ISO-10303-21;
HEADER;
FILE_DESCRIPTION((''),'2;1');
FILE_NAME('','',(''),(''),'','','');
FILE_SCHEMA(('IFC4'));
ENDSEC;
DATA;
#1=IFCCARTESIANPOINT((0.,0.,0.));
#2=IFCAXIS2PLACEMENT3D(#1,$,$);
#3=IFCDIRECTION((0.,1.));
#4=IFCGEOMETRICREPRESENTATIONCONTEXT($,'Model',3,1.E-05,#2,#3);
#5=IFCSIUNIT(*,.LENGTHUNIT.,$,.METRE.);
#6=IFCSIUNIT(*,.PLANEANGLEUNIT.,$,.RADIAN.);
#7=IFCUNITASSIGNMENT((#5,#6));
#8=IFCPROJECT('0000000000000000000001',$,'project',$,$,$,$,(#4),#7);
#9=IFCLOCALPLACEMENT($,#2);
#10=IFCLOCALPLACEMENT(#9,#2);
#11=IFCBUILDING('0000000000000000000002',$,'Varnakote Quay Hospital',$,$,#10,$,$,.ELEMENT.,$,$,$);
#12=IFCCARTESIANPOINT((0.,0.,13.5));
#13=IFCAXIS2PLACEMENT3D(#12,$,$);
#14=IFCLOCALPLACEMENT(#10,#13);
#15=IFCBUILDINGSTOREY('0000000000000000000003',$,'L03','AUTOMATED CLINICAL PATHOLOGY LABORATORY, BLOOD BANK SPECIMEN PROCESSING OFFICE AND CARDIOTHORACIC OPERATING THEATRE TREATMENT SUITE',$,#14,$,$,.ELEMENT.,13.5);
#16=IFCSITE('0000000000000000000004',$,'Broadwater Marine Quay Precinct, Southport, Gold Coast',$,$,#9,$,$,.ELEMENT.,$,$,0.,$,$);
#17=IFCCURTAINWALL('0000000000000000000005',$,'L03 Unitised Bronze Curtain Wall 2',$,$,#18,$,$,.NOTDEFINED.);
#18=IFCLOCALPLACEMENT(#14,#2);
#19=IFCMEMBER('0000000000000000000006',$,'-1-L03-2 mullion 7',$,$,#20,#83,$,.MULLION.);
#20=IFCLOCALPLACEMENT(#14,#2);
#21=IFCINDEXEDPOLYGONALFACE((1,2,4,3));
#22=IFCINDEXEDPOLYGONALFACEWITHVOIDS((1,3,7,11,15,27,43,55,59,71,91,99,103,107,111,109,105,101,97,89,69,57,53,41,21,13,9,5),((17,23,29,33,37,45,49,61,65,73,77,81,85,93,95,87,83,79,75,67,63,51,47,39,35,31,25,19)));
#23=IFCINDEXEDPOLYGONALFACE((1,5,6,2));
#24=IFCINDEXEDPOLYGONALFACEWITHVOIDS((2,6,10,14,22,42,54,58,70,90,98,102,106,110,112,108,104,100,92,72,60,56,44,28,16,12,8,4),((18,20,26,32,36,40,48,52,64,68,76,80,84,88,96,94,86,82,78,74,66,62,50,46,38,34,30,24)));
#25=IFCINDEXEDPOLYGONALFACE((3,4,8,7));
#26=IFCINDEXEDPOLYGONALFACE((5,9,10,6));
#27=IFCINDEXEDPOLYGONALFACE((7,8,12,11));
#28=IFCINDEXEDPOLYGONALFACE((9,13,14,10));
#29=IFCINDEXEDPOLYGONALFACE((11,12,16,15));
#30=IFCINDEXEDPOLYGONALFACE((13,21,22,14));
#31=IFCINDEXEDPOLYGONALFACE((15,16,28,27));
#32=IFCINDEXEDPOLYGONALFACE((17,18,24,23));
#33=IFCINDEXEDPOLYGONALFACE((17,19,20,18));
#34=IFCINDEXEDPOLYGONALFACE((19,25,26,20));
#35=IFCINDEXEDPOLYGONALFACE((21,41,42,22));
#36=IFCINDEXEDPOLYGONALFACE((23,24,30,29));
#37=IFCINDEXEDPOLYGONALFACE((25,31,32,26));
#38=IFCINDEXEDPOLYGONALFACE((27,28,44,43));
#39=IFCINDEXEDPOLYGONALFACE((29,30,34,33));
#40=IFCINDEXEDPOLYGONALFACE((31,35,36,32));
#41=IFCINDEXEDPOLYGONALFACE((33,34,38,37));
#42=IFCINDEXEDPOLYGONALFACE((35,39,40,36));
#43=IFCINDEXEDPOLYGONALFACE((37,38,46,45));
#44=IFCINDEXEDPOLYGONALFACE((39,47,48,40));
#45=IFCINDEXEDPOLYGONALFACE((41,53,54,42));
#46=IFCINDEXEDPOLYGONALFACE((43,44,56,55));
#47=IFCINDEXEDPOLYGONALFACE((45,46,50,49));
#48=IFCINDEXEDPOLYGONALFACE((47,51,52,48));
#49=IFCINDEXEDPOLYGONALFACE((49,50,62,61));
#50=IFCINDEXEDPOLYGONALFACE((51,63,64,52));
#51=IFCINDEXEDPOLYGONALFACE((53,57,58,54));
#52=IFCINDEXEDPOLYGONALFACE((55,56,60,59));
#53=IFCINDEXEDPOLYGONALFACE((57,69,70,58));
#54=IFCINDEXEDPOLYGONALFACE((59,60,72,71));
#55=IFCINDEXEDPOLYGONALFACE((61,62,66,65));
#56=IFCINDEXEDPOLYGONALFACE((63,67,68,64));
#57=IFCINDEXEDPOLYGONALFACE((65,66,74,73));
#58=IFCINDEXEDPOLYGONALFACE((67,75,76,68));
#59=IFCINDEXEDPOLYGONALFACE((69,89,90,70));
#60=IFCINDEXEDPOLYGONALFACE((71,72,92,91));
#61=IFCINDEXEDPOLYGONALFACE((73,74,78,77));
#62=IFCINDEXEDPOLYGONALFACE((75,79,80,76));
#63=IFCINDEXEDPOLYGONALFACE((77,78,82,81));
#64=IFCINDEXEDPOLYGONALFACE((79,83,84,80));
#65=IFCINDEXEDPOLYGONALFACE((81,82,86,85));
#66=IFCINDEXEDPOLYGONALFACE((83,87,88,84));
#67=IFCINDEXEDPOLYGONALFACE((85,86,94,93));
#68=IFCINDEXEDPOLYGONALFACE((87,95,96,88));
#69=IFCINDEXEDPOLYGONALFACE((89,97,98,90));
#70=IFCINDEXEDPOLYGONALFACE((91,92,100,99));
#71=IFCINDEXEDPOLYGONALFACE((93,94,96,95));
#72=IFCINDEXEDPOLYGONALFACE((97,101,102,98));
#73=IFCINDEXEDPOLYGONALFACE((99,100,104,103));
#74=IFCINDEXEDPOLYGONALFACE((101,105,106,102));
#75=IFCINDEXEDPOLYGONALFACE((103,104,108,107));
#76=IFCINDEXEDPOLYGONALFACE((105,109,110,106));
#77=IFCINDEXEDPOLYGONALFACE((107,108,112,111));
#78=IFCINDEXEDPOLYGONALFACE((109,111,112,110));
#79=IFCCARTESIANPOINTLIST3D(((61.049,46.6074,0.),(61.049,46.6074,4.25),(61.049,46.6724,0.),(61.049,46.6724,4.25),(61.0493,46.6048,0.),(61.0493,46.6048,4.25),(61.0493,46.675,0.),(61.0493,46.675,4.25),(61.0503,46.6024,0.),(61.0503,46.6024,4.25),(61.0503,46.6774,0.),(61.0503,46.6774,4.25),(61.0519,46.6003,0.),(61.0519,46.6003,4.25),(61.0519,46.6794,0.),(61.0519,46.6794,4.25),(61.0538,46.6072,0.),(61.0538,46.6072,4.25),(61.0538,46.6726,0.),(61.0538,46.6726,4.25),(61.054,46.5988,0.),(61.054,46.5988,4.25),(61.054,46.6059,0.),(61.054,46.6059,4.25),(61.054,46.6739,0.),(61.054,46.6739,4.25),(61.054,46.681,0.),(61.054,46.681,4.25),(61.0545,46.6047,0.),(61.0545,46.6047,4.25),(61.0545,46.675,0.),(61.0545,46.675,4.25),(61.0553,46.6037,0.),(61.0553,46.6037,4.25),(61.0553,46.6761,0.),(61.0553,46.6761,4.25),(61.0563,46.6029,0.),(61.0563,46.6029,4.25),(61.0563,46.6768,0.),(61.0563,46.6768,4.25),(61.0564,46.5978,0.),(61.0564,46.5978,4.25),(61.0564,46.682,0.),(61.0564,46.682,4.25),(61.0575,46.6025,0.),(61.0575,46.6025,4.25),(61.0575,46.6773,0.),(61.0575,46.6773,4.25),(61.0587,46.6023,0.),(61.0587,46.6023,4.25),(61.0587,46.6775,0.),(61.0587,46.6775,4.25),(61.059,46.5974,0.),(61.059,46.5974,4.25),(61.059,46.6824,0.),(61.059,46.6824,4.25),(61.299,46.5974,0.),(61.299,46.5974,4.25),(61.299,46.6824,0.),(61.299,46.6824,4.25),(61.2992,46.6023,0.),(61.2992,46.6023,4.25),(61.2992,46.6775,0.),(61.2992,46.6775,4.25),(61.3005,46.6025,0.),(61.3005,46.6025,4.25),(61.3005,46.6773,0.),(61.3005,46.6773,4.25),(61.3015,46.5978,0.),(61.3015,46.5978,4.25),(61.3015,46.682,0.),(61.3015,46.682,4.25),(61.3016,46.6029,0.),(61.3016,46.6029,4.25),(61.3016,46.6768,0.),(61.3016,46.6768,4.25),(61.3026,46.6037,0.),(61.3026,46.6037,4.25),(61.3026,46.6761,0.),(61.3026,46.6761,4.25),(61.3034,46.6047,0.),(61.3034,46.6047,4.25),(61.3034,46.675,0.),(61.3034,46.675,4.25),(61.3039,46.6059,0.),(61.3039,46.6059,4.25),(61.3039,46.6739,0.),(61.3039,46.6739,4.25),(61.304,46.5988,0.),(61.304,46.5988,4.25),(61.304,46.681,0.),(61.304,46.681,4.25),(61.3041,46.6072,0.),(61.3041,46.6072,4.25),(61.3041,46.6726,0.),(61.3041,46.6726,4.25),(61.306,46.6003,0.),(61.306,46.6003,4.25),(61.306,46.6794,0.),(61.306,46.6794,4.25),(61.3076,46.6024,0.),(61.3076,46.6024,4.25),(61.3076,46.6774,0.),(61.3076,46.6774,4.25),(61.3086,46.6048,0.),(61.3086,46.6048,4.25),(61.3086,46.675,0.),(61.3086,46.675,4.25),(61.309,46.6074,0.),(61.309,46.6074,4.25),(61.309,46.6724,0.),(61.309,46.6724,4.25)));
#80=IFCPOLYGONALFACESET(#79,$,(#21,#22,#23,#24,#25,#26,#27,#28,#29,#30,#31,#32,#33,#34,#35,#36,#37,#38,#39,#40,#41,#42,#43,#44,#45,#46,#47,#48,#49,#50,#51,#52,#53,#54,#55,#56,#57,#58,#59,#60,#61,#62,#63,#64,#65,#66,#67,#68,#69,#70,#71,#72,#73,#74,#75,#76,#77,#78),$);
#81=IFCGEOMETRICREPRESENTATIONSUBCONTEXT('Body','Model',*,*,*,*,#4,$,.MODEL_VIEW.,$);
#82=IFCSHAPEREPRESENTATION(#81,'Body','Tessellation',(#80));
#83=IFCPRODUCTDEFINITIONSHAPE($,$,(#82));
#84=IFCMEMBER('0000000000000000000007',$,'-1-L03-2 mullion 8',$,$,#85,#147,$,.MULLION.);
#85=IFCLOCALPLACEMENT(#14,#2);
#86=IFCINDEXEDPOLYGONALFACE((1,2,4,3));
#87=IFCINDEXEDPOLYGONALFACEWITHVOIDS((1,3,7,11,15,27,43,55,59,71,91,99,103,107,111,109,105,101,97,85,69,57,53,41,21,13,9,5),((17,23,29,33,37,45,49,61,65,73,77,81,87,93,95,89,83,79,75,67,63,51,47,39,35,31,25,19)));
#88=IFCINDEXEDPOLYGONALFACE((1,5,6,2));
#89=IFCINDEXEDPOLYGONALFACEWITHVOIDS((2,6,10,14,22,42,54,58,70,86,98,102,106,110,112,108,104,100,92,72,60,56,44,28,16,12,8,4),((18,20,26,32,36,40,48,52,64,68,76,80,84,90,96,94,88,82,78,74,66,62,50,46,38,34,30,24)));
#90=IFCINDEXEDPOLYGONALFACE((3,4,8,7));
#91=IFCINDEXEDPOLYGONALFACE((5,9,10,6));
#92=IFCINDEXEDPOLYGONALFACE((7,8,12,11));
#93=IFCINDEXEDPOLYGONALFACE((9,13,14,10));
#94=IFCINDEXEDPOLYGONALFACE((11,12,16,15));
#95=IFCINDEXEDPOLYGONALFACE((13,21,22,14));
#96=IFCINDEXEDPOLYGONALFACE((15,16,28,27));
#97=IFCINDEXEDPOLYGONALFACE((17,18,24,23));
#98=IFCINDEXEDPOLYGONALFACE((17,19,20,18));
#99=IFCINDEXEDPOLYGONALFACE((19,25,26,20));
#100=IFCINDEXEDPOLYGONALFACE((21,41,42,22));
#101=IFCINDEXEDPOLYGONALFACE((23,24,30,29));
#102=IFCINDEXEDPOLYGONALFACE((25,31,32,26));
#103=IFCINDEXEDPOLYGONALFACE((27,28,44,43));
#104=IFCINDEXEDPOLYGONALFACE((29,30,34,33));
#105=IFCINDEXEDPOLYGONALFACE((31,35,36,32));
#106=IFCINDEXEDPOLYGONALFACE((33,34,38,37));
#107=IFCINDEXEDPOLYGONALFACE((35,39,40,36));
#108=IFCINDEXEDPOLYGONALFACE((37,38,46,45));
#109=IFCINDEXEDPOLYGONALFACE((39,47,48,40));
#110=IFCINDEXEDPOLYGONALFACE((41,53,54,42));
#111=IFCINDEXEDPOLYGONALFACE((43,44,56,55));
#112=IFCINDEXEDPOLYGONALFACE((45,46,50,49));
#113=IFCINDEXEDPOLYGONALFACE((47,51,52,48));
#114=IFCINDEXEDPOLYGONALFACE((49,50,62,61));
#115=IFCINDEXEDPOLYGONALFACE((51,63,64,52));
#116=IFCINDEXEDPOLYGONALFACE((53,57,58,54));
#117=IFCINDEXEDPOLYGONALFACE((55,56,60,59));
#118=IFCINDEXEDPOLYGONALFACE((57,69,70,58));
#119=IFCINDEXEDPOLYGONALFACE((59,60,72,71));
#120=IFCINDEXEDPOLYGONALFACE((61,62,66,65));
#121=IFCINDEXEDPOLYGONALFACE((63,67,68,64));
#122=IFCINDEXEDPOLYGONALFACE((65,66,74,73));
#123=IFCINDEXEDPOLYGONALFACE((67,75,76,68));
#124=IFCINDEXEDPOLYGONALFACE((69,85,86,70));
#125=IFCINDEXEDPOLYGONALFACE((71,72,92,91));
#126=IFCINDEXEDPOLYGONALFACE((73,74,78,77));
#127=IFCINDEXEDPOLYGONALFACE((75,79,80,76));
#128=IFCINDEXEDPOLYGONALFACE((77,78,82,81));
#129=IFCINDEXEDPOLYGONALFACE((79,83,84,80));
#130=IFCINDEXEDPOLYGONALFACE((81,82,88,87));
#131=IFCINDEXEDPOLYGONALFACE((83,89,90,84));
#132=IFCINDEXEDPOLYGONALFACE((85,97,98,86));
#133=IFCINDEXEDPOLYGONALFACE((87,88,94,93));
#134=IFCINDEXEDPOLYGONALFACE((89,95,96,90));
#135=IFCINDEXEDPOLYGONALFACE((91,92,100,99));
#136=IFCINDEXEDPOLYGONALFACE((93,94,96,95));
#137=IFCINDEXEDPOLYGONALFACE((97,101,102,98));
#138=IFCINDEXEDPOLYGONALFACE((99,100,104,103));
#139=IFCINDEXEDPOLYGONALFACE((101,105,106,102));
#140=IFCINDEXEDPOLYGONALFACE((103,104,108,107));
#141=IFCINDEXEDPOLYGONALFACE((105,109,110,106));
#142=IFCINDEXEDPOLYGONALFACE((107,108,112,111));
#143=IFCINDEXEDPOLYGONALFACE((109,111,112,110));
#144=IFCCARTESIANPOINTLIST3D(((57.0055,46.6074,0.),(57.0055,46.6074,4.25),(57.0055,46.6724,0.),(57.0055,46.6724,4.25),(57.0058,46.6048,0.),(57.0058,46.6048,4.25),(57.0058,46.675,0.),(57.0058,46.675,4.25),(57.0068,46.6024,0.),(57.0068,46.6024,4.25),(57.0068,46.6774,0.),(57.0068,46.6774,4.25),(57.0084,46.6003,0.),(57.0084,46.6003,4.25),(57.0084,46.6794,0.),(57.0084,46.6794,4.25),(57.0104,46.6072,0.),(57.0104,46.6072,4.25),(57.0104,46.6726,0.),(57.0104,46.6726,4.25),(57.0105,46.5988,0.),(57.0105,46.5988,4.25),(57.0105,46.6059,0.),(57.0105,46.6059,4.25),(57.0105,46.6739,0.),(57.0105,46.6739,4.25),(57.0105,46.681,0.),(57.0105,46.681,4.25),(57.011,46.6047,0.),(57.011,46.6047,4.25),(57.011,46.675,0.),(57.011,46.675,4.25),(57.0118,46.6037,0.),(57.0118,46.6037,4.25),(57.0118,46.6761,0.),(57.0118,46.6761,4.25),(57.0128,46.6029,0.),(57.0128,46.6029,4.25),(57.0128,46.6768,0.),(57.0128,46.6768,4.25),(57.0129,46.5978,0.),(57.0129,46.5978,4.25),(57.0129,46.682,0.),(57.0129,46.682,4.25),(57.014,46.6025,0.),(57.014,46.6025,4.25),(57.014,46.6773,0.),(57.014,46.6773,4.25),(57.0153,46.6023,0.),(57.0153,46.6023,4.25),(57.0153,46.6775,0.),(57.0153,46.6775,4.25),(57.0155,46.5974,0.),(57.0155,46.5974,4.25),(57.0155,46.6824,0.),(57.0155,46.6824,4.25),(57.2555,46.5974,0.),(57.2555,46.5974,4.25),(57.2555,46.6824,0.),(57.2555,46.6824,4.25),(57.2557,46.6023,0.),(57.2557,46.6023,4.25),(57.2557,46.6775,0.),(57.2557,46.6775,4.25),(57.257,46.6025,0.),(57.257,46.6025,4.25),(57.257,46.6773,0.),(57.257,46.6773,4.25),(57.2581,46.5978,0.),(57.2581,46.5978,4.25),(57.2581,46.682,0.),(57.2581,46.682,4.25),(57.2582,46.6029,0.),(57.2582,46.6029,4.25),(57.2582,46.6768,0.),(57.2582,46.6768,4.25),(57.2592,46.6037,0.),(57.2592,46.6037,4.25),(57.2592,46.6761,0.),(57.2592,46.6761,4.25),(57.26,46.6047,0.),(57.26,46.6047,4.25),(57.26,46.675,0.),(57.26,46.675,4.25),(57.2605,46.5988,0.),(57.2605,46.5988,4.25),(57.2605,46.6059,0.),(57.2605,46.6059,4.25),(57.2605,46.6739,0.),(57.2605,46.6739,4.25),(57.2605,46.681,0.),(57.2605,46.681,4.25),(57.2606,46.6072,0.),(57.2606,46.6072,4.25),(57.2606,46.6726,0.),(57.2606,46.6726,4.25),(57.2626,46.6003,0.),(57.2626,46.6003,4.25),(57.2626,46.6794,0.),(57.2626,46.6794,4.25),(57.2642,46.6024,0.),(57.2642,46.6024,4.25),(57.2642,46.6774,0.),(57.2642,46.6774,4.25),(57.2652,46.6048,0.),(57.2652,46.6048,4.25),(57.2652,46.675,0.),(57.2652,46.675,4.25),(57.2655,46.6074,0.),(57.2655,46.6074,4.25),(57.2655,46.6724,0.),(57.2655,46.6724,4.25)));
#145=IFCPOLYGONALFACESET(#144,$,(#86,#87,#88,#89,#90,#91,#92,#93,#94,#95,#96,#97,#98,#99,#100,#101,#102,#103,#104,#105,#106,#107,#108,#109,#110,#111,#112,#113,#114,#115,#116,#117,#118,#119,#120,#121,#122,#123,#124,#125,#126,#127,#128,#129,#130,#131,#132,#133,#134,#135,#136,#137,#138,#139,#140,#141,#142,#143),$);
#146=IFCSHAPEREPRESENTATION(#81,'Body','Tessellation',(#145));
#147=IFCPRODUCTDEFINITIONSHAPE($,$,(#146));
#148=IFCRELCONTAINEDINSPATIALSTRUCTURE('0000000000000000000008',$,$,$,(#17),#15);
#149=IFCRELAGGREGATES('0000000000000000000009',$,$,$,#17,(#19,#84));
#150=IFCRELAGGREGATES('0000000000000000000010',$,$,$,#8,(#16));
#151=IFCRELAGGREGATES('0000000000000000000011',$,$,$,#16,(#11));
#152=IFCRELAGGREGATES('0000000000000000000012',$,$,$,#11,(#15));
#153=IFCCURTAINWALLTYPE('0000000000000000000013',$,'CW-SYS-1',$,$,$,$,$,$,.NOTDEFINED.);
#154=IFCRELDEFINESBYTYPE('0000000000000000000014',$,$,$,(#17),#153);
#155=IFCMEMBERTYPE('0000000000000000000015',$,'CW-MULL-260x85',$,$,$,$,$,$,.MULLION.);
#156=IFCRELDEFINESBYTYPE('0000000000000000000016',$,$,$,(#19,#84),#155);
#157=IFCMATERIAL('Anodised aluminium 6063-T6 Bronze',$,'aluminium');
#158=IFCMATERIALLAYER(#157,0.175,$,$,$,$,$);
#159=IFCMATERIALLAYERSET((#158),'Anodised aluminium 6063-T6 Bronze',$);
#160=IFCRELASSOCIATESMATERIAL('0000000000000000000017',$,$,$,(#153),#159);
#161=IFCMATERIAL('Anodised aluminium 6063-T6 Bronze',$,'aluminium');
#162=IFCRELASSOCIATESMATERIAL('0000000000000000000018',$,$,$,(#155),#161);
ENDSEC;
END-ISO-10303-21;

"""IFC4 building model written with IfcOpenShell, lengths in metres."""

from ifc_helpers import new_model, si_unit, direction, frame, origin, origin_2d, place, context, subcontext, project, spatial, hollow_rectangle, extrude, material, layer, layer_set, material_profile, profile_set, type_object, element, aggregate, save


model = new_model("IFC4")

# Units and contexts
model_context = context("Model", 3, precision=1e-05, world=origin(), true_north=direction((0.0, 1.0)))
body_context = subcontext(model_context, "Body", "Model", "MODEL_VIEW")
ifc_project = project(units=[si_unit("LENGTHUNIT", "METRE"), si_unit("PLANEANGLEUNIT", "RADIAN")], contexts=[model_context])

# Site, building, storey
site_placement = place(None, origin())
site = spatial("IfcSite", under=ifc_project, at=site_placement, Name="Broadwater Marine Quay Precinct, Southport, Gold Coast", CompositionType="ELEMENT", RefElevation=0.0)
building_placement = place(site_placement, origin())
building = spatial("IfcBuilding", under=site, at=building_placement, Name="Varnakote Quay Hospital", CompositionType="ELEMENT")
storey_placement = place(building_placement, frame((0.0, 0.0, 13.5)))
storey = spatial("IfcBuildingStorey", under=building, at=storey_placement, Name="L03", Description="AUTOMATED CLINICAL PATHOLOGY LABORATORY, BLOOD BANK SPECIMEN PROCESSING OFFICE AND CARDIOTHORACIC OPERATING THEATRE TREATMENT SUITE", CompositionType="ELEMENT", Elevation=13.5)

# Curtain wall, members
ifc_material_1 = material(Name="Anodised aluminium 6063-T6 Bronze", Category="aluminium")
ifc_layer_1 = layer(ifc_material_1, 0.175)
ifc_layer_set_1 = layer_set([ifc_layer_1], Name="Anodised aluminium 6063-T6 Bronze")
curtain_wall_type = type_object("IfcCurtainWallType", Name="CW-SYS-1", PredefinedType="NOTDEFINED", material=ifc_layer_set_1)
curtain_wall_placement = place(storey_placement, origin())
curtain_wall = element("IfcCurtainWall", 1, at=curtain_wall_placement, inside=storey, type_object=curtain_wall_type, Name="L03 Unitised Bronze Curtain Wall 2", PredefinedType="NOTDEFINED")
ifc_material_2 = material(Name="Anodised aluminium 6063-T6 Bronze", Category="aluminium")
ifc_material_profile_1 = material_profile(ifc_material_2, hollow_rectangle(XDim=0.085, YDim=0.26, WallThickness=0.0049, InnerFilletRadius=0.0049, OuterFilletRadius=0.01, at=origin_2d()), Name="CW-MULL-260x85")
ifc_profile_set_1 = profile_set([ifc_material_profile_1], Name="Anodised aluminium 6063-T6 Bronze")
member_type_1 = type_object("IfcMemberType", Name="CW-MULL-260x85", PredefinedType="MULLION", material=ifc_profile_set_1)
member_1_placement = place(storey_placement, frame((61.179, 46.6399, 0.0), z_axis=(0.0, 0.0, 1.0), x_axis=(0.0, -1.0, 0.0)))
member_1 = element("IfcMember", 2, at=member_1_placement, type_object=member_type_1, Name="-1-L03-2 mullion 7", PredefinedType="MULLION", context=body_context, shape_type="SweptSolid", body=[
    extrude(hollow_rectangle(XDim=0.085, YDim=0.26, WallThickness=0.0049, InnerFilletRadius=0.0049, OuterFilletRadius=0.01, at=origin_2d()), origin(), (0.0, 0.0, 1.0), 4.25),
])
member_2_placement = place(storey_placement, frame((57.1355, 46.6399, 0.0), z_axis=(0.0, 0.0, 1.0), x_axis=(0.0, -1.0, 0.0)))
member_2 = element("IfcMember", 3, at=member_2_placement, type_object=member_type_1, Name="-1-L03-2 mullion 8", PredefinedType="MULLION", context=body_context, shape_type="SweptSolid", body=[
    extrude(hollow_rectangle(XDim=0.085, YDim=0.26, WallThickness=0.0049, InnerFilletRadius=0.0049, OuterFilletRadius=0.01, at=origin_2d()), origin(), (0.0, 0.0, 1.0), 4.25),
])

aggregate(curtain_wall, [member_1, member_2])

save(model, "model.ifc")
